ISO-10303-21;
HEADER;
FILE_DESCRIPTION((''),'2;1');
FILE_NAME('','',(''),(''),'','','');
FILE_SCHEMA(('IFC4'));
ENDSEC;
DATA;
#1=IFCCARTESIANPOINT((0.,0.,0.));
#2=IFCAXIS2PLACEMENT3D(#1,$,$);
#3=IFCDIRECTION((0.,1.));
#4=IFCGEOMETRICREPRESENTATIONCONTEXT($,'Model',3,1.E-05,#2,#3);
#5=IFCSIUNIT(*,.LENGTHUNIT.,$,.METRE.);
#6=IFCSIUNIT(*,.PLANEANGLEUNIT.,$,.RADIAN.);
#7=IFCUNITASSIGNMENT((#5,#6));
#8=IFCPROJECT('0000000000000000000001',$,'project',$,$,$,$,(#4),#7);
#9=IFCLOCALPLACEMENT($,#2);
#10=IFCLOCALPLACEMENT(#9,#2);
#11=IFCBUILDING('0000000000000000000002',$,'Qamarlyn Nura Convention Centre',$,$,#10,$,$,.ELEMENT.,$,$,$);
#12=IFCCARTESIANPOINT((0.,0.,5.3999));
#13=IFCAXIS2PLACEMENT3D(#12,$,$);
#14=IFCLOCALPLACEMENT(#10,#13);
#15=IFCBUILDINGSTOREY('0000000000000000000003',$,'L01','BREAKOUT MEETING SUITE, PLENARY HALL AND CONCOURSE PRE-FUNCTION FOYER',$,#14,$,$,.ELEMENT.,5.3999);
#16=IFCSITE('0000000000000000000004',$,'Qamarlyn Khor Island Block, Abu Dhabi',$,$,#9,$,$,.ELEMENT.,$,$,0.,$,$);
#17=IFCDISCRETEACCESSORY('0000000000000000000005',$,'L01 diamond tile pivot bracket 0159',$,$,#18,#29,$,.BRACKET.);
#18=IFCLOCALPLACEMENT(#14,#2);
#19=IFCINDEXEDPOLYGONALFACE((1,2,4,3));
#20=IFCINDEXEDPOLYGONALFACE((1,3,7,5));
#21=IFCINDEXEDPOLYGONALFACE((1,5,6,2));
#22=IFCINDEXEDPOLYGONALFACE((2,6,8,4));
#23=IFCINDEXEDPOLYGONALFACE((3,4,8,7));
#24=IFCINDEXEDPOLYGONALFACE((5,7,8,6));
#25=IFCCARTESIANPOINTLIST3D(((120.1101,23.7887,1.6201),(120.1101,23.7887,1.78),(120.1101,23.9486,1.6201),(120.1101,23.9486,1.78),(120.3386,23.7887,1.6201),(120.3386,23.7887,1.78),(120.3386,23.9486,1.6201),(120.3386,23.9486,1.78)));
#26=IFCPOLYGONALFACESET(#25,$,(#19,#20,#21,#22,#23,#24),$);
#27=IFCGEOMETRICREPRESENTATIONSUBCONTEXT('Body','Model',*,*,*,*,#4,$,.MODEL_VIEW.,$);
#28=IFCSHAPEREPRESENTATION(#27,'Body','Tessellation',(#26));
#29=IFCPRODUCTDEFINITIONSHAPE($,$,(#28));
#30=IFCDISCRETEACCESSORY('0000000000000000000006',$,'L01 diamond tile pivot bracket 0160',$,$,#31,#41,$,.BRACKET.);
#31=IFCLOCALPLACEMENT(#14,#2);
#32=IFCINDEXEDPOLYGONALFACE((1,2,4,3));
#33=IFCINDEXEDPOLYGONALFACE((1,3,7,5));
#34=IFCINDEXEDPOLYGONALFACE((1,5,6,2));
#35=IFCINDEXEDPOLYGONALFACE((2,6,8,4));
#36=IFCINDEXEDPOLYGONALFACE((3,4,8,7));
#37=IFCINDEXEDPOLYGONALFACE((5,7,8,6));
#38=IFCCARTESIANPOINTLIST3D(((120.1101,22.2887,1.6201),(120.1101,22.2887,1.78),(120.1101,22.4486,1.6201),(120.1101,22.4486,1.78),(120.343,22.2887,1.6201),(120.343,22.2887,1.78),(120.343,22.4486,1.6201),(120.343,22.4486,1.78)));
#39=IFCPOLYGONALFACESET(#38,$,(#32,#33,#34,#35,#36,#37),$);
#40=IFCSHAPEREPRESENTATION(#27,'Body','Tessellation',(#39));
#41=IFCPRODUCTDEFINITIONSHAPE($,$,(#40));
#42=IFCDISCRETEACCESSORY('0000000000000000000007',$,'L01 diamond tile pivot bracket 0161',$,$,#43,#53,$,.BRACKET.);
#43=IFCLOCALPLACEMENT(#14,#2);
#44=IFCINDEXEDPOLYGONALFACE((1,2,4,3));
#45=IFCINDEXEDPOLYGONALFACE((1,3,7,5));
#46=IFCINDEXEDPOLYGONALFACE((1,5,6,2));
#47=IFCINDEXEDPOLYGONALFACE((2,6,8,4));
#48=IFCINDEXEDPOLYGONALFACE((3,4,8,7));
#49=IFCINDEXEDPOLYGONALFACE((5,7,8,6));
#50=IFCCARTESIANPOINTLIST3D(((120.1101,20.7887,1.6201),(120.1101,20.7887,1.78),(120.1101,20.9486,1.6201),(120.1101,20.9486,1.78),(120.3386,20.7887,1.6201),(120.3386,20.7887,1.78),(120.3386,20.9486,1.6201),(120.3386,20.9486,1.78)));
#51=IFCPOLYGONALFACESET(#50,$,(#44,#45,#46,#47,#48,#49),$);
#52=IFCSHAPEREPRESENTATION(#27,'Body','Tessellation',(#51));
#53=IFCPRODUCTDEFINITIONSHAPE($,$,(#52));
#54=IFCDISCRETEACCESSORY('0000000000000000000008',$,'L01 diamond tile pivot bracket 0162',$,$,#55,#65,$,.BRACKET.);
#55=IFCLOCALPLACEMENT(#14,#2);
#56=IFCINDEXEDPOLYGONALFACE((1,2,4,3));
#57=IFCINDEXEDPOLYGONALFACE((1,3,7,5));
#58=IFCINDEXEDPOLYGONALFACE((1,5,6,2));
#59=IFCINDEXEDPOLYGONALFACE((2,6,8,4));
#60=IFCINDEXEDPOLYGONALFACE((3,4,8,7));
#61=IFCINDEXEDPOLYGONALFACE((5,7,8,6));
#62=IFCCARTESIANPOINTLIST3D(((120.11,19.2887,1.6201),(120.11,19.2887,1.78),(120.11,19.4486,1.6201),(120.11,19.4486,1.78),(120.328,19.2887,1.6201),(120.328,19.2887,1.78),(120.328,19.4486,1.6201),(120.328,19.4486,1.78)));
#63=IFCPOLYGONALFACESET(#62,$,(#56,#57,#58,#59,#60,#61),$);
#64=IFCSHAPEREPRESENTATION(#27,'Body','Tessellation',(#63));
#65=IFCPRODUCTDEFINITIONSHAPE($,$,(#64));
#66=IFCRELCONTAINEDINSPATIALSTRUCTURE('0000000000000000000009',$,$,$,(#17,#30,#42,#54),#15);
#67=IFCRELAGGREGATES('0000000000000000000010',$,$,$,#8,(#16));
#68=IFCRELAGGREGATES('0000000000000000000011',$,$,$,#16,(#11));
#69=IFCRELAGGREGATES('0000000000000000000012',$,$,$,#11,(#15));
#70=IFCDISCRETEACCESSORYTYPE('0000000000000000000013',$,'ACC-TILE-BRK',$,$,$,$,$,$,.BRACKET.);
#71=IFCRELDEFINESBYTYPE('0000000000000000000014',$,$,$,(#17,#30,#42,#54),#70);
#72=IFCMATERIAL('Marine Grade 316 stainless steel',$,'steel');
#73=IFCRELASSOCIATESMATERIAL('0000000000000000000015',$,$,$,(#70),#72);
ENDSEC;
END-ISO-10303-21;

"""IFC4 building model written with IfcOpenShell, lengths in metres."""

from ifc_helpers import new_model, si_unit, direction, frame, origin, origin_2d, place, context, subcontext, project, spatial, rectangle, extrude, material, type_object, element, save


model = new_model("IFC4")

# Units and contexts
model_context = context("Model", 3, precision=1e-05, world=origin(), true_north=direction((0.0, 1.0)))
body_context = subcontext(model_context, "Body", "Model", "MODEL_VIEW")
ifc_project = project(units=[si_unit("LENGTHUNIT", "METRE"), si_unit("PLANEANGLEUNIT", "RADIAN")], contexts=[model_context])

# Site, building, storey
site_placement = place(None, origin())
site = spatial("IfcSite", under=ifc_project, at=site_placement, Name="Qamarlyn Khor Island Block, Abu Dhabi", CompositionType="ELEMENT", RefElevation=0.0)
building_placement = place(site_placement, origin())
building = spatial("IfcBuilding", under=site, at=building_placement, Name="Qamarlyn Nura Convention Centre", CompositionType="ELEMENT")
storey_placement = place(building_placement, frame((0.0, 0.0, 5.3999)))
storey = spatial("IfcBuildingStorey", under=building, at=storey_placement, Name="L01", Description="BREAKOUT MEETING SUITE, PLENARY HALL AND CONCOURSE PRE-FUNCTION FOYER", CompositionType="ELEMENT", Elevation=5.3999)

# Discrete accessories
ifc_material_1 = material(Name="Marine Grade 316 stainless steel", Category="steel")
discrete_accessory_type = type_object("IfcDiscreteAccessoryType", Name="ACC-TILE-BRK", PredefinedType="BRACKET", material=ifc_material_1)
discrete_accessory_1_placement = place(storey_placement, frame((120.2244, 23.8687, 1.6201), z_axis=(0.0, 0.0, 1.0), x_axis=(1.0, 0.0, 0.0)))
element("IfcDiscreteAccessory", 1, at=discrete_accessory_1_placement, inside=storey, type_object=discrete_accessory_type, Name="L01 diamond tile pivot bracket 0159", PredefinedType="BRACKET", context=body_context, shape_type="SweptSolid", body=[
    extrude(rectangle(XDim=0.2285, YDim=0.1599, at=origin_2d()), origin(), (0.0, 0.0, 1.0), 0.1599),
])
discrete_accessory_2_placement = place(storey_placement, frame((120.2266, 22.3687, 1.6201), z_axis=(0.0, 0.0, 1.0), x_axis=(1.0, 0.0, 0.0)))
element("IfcDiscreteAccessory", 2, at=discrete_accessory_2_placement, inside=storey, type_object=discrete_accessory_type, Name="L01 diamond tile pivot bracket 0160", PredefinedType="BRACKET", context=body_context, shape_type="SweptSolid", body=[
    extrude(rectangle(XDim=0.2329, YDim=0.1599, at=origin_2d()), origin(), (0.0, 0.0, 1.0), 0.1599),
])
discrete_accessory_3_placement = place(storey_placement, frame((120.2244, 20.8687, 1.6201), z_axis=(0.0, 0.0, 1.0), x_axis=(1.0, 0.0, 0.0)))
element("IfcDiscreteAccessory", 3, at=discrete_accessory_3_placement, inside=storey, type_object=discrete_accessory_type, Name="L01 diamond tile pivot bracket 0161", PredefinedType="BRACKET", context=body_context, shape_type="SweptSolid", body=[
    extrude(rectangle(XDim=0.2285, YDim=0.1599, at=origin_2d()), origin(), (0.0, 0.0, 1.0), 0.1599),
])
discrete_accessory_4_placement = place(storey_placement, frame((120.219, 19.3687, 1.6201), z_axis=(0.0, 0.0, 1.0), x_axis=(1.0, 0.0, 0.0)))
element("IfcDiscreteAccessory", 4, at=discrete_accessory_4_placement, inside=storey, type_object=discrete_accessory_type, Name="L01 diamond tile pivot bracket 0162", PredefinedType="BRACKET", context=body_context, shape_type="SweptSolid", body=[
    extrude(rectangle(XDim=0.218, YDim=0.1599, at=origin_2d()), origin(), (0.0, 0.0, 1.0), 0.1599),
])

save(model, "model.ifc")
